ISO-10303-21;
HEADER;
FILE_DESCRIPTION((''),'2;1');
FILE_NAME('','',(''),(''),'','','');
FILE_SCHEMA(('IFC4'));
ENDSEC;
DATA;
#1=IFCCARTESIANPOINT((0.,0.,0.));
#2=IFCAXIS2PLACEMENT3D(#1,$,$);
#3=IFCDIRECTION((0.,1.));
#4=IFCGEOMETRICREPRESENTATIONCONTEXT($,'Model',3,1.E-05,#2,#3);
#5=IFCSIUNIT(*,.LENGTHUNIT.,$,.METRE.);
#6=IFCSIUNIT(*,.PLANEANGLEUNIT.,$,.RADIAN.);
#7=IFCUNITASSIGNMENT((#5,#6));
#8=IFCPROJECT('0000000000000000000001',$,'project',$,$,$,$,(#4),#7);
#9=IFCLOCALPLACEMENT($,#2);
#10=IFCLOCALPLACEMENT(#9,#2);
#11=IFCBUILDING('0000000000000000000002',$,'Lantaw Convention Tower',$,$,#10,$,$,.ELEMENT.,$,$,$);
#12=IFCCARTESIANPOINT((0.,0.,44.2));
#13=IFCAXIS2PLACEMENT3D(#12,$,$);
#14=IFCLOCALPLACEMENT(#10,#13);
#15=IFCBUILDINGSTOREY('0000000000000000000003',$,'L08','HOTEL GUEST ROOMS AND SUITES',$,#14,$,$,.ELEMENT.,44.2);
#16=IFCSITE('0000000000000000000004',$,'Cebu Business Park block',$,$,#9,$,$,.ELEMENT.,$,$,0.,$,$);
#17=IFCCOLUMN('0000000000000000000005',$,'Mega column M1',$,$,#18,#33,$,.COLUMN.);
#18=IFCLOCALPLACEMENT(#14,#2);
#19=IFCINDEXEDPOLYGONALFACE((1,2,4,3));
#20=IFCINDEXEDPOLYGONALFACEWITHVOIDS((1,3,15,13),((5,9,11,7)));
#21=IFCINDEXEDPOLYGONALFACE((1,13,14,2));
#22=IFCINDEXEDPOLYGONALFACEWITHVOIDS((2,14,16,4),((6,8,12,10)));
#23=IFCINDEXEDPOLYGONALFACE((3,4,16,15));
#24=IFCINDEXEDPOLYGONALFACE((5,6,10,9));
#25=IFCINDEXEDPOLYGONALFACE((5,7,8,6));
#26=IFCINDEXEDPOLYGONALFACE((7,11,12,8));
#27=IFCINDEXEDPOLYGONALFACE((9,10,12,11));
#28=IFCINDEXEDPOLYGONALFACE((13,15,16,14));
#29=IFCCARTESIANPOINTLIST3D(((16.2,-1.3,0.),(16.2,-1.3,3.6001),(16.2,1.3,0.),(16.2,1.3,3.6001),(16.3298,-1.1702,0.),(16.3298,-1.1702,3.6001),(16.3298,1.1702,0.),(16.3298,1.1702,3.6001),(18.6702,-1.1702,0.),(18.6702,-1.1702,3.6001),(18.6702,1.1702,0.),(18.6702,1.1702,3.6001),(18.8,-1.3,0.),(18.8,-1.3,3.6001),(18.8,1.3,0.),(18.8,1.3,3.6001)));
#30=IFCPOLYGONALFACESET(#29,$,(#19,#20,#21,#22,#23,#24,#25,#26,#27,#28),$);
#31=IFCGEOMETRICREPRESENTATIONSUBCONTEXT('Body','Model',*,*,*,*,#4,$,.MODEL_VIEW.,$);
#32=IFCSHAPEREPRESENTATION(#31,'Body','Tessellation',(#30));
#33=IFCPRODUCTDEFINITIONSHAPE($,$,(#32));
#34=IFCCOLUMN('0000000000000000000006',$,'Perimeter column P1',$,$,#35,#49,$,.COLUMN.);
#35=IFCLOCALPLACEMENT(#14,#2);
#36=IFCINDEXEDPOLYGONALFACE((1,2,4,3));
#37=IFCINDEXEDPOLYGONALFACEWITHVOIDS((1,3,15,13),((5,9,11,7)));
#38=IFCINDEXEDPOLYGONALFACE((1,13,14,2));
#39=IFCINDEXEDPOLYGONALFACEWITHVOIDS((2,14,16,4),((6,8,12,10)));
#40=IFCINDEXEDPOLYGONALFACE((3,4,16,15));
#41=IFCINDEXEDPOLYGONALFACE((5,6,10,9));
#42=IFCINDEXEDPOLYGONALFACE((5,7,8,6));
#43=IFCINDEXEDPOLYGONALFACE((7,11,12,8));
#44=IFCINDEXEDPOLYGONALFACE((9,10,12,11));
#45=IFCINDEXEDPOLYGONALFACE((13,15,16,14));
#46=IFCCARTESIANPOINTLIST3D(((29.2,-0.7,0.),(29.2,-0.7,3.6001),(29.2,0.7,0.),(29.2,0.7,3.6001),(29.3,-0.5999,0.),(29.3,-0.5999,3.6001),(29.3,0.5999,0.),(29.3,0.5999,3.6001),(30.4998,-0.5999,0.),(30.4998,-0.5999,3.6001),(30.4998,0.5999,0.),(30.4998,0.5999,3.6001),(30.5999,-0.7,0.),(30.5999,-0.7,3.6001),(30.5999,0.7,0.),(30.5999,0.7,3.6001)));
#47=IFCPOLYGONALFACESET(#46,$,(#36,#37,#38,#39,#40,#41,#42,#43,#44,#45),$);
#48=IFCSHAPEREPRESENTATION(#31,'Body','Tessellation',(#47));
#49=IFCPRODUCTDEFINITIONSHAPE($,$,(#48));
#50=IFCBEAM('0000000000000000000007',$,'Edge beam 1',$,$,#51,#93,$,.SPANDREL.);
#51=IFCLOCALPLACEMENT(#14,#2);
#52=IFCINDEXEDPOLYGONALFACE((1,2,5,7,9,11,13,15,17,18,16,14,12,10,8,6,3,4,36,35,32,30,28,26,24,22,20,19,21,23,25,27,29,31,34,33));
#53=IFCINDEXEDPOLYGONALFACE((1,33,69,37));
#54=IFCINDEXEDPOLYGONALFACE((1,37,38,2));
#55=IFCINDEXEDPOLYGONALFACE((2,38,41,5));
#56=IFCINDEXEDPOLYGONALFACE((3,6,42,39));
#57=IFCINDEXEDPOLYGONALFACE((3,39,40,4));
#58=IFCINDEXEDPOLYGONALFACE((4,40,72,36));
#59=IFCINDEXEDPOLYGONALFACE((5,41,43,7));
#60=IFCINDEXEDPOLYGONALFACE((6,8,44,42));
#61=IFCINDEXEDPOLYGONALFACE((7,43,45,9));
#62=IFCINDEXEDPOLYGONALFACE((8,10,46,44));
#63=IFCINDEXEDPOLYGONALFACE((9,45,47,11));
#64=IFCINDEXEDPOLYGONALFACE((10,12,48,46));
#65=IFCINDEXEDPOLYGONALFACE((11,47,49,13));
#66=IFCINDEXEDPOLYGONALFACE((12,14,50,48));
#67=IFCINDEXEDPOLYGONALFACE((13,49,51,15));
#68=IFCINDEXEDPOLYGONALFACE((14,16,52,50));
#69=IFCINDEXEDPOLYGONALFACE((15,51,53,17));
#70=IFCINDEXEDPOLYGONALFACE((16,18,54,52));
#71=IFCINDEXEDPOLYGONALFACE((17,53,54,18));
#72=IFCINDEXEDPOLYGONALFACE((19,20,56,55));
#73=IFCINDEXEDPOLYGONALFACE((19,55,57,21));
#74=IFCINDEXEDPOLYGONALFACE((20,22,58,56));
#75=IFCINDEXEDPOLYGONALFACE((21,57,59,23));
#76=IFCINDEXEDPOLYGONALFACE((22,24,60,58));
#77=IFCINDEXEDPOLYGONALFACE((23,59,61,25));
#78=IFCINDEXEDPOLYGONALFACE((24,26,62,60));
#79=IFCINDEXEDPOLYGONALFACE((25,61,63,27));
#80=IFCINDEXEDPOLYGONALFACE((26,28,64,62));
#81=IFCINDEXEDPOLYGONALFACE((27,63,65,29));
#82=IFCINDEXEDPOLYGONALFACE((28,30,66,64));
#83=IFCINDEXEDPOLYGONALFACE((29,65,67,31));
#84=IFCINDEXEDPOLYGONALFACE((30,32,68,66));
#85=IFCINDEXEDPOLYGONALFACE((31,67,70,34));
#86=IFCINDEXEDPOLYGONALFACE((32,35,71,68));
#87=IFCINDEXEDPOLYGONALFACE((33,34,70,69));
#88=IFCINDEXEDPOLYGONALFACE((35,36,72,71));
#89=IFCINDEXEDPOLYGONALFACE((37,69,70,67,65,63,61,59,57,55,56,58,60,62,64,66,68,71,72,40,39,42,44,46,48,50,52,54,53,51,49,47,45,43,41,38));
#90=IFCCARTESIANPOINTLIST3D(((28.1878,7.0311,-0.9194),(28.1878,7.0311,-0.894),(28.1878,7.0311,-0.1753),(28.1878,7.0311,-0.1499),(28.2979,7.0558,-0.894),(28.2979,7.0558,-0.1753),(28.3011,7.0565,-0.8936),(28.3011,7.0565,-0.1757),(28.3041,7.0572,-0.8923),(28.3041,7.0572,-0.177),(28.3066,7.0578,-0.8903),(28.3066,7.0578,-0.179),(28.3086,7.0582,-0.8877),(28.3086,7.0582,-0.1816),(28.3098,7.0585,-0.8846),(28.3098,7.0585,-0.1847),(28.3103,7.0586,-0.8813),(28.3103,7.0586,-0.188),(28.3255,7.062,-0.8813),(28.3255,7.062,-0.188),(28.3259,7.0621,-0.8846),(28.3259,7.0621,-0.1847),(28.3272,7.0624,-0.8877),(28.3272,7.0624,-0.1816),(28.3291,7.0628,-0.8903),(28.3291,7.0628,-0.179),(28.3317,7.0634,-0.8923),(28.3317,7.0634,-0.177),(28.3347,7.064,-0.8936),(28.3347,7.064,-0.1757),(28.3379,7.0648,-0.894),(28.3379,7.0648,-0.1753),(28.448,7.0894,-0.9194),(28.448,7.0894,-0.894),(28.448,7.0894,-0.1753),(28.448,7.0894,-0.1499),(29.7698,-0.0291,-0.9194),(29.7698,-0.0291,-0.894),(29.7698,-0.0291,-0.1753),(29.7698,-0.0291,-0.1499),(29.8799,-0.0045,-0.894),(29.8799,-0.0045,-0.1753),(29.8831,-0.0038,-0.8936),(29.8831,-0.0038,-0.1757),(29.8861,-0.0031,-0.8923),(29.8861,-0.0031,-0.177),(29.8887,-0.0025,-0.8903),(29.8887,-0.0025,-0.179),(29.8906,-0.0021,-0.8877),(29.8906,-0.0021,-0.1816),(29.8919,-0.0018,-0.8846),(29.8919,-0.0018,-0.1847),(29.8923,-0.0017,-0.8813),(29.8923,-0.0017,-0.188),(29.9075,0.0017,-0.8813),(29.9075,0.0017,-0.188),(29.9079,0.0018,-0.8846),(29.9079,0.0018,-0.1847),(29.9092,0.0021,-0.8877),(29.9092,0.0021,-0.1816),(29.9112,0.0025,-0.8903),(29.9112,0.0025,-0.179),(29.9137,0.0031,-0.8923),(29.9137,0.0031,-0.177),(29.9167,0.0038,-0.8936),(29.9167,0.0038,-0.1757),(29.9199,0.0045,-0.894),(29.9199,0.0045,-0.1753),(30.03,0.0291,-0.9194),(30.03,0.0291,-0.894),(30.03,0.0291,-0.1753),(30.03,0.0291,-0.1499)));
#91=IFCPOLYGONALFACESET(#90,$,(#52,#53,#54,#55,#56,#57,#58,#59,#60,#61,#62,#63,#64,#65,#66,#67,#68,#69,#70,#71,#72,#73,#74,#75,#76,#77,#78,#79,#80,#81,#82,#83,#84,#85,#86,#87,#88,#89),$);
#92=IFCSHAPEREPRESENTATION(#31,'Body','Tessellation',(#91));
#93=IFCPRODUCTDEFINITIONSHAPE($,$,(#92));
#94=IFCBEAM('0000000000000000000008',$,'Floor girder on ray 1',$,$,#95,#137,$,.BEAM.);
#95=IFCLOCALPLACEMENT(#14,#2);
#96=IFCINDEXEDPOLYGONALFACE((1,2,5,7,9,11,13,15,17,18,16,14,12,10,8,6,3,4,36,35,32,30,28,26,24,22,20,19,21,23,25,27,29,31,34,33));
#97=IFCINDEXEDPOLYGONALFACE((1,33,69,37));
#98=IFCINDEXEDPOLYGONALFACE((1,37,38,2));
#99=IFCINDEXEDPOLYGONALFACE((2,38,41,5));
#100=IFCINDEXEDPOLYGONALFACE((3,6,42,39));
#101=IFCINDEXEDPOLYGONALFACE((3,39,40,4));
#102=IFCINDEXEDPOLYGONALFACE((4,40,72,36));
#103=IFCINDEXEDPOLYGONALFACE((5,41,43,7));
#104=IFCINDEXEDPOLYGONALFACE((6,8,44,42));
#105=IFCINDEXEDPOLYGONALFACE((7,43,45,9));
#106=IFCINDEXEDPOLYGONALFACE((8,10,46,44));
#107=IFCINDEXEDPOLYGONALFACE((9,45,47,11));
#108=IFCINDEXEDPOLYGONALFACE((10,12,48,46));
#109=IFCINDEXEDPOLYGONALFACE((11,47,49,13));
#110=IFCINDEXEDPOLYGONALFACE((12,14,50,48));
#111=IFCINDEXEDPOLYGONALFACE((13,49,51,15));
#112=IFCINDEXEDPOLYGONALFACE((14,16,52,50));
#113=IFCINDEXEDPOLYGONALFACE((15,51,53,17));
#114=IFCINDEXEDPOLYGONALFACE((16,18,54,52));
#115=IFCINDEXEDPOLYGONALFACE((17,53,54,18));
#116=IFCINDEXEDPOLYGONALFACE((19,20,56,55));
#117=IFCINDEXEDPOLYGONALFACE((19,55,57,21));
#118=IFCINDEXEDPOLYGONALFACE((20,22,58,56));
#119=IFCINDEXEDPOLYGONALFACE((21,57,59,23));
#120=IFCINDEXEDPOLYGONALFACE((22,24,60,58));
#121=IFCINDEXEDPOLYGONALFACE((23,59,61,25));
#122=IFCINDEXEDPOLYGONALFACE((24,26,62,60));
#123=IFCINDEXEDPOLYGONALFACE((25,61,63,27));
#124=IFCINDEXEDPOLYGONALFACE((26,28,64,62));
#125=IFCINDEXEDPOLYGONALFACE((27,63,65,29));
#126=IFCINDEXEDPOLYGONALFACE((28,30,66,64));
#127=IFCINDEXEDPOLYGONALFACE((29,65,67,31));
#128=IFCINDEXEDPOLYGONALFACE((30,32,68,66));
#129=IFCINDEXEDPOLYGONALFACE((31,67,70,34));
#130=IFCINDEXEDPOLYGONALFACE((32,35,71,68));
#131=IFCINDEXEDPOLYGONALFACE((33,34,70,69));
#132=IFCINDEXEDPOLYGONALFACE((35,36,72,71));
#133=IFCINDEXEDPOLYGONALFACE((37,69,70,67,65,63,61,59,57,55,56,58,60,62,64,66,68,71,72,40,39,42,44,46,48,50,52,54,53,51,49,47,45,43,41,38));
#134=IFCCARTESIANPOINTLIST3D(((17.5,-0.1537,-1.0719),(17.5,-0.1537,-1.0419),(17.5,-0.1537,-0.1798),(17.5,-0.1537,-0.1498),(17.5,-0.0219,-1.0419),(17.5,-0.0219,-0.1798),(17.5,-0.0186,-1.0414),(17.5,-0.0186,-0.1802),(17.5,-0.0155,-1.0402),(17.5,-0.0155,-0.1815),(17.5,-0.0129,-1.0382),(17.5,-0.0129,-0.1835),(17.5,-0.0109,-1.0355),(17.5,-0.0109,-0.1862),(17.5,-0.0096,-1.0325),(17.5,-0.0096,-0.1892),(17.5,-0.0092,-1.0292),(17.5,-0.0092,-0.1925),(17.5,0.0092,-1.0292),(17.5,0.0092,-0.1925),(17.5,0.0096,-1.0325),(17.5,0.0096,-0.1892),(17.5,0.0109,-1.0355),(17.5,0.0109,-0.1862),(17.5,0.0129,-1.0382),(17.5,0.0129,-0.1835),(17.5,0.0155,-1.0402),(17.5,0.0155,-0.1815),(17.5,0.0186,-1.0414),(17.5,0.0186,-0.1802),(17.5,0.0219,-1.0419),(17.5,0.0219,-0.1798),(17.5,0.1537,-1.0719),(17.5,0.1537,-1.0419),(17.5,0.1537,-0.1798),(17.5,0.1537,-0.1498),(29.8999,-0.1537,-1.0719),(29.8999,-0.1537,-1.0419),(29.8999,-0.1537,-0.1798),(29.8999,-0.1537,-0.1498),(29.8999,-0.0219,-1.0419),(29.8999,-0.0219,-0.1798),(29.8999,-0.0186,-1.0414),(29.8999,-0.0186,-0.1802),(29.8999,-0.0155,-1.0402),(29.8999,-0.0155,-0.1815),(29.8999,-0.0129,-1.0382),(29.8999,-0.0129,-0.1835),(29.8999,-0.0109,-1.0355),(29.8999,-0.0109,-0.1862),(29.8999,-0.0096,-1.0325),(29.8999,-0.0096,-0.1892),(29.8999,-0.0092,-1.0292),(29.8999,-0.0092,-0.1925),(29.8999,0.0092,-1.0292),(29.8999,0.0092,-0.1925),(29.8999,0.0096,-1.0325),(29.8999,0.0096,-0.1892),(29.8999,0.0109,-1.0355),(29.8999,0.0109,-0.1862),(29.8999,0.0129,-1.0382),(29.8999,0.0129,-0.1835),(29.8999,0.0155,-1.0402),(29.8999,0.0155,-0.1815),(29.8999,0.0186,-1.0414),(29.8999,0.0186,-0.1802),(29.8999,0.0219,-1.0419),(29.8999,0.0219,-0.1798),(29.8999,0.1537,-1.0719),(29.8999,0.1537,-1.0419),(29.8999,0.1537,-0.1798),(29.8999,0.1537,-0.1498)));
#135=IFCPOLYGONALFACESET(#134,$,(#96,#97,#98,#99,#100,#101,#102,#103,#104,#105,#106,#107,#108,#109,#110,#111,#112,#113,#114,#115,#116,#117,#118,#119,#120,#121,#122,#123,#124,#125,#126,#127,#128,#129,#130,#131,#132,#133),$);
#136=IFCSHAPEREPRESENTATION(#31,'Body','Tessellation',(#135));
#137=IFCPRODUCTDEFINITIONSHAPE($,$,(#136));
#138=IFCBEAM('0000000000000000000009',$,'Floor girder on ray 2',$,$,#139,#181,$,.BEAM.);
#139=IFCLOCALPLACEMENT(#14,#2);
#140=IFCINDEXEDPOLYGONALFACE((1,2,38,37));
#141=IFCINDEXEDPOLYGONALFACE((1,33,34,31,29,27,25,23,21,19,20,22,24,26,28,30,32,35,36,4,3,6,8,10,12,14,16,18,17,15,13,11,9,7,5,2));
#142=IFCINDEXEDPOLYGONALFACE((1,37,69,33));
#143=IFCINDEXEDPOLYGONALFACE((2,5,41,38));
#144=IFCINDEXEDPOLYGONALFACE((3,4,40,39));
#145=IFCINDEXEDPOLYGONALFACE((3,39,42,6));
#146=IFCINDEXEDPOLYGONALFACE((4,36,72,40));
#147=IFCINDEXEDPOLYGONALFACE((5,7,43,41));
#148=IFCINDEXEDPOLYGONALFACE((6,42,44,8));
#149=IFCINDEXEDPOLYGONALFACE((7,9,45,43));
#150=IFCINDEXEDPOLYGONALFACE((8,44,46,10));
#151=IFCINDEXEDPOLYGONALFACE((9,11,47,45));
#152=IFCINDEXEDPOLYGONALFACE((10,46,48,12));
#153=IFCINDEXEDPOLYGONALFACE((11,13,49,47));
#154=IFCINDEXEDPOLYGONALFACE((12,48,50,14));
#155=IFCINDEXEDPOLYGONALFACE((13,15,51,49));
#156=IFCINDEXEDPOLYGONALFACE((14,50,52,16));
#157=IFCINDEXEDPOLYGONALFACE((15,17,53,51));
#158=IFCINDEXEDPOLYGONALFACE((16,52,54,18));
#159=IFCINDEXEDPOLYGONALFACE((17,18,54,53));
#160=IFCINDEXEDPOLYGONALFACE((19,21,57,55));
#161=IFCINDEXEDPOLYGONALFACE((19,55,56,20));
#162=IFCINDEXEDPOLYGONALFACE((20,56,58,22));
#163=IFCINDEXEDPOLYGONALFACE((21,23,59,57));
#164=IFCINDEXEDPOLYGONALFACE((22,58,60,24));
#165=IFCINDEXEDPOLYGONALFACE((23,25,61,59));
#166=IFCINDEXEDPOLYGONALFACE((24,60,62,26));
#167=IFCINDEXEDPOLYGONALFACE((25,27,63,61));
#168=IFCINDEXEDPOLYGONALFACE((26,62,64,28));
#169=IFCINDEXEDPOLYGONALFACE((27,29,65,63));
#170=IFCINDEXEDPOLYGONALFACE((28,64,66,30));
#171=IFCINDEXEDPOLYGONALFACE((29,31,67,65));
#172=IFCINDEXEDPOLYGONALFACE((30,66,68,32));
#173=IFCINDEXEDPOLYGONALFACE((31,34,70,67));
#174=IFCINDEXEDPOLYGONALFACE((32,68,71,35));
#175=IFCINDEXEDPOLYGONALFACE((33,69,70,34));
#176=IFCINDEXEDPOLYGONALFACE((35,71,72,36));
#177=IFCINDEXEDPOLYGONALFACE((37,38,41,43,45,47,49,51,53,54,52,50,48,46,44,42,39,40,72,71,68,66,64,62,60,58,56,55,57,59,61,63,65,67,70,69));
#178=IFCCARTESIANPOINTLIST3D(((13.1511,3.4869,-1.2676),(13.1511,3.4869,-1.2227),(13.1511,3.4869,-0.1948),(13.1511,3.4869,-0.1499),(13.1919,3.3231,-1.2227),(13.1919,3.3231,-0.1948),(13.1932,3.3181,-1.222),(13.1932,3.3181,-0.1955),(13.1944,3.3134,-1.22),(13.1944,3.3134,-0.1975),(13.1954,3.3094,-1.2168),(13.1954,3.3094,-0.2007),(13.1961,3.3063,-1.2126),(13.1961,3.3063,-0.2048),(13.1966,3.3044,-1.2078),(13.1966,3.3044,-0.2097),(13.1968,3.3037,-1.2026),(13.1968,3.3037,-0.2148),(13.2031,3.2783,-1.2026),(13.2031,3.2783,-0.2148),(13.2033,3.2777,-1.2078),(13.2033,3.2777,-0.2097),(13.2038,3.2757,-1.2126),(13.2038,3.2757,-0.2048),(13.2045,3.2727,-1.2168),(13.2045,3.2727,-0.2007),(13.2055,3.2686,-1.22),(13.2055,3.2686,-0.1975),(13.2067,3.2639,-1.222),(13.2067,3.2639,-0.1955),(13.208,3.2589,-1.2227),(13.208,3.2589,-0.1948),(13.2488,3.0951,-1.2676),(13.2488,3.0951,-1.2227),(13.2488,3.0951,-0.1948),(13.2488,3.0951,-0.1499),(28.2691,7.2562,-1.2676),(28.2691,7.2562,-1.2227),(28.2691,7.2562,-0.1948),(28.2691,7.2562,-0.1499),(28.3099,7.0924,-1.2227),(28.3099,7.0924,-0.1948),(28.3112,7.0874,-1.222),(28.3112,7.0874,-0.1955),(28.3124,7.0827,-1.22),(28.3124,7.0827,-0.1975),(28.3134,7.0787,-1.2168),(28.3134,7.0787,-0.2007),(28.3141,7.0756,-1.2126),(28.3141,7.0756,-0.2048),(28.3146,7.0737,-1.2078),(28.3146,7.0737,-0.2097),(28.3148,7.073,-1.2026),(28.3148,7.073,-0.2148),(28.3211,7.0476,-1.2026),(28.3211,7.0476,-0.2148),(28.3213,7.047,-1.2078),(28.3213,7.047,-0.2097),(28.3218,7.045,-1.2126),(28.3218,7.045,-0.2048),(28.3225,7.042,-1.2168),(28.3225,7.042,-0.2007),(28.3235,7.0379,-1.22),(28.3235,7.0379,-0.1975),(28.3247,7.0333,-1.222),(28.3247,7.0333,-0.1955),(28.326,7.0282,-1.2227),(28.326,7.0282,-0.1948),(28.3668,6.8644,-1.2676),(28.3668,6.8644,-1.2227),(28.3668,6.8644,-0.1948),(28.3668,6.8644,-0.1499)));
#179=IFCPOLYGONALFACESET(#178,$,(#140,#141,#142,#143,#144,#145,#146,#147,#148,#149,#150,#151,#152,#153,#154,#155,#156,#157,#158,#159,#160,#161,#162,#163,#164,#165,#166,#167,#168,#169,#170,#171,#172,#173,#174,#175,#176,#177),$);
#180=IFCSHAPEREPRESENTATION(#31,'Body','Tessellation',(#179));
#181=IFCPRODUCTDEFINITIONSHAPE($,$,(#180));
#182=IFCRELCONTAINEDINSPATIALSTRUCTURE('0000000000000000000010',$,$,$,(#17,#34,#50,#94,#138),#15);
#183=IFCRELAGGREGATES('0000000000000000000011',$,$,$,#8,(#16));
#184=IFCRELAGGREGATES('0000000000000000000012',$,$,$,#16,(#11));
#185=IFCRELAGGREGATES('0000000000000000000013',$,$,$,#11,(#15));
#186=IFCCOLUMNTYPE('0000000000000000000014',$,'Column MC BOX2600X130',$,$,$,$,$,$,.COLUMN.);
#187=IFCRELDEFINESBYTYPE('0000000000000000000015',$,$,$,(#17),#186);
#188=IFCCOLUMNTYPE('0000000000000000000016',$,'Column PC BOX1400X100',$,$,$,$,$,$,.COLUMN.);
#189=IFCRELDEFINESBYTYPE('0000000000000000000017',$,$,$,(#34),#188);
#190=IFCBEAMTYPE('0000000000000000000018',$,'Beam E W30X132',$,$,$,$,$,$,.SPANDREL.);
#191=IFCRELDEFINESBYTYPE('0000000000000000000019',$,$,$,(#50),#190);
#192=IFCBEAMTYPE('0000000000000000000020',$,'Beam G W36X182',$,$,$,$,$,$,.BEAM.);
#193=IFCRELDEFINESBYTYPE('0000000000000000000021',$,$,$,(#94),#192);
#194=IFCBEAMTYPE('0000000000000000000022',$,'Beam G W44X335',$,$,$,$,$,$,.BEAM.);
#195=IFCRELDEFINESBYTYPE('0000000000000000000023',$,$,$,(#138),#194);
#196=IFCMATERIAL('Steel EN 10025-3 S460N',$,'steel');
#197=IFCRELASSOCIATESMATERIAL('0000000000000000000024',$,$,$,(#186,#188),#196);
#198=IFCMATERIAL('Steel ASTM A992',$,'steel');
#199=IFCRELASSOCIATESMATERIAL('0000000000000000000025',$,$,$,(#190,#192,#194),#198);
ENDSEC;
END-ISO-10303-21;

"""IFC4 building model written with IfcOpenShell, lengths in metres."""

from ifc_helpers import new_model, si_unit, direction, frame, origin, origin_2d, place, context, subcontext, project, spatial, rectangle, hollow_rectangle, i_section, extrude, material, material_profile, profile_set, type_object, element, save


model = new_model("IFC4")

# Units and contexts
model_context = context("Model", 3, precision=1e-05, world=origin(), true_north=direction((0.0, 1.0)))
body_context = subcontext(model_context, "Body", "Model", "MODEL_VIEW")
ifc_project = project(units=[si_unit("LENGTHUNIT", "METRE"), si_unit("PLANEANGLEUNIT", "RADIAN")], contexts=[model_context])

# Site, building, storey
site_placement = place(None, origin())
site = spatial("IfcSite", under=ifc_project, at=site_placement, Name="Cebu Business Park block", CompositionType="ELEMENT", RefElevation=0.0)
building_placement = place(site_placement, origin())
building = spatial("IfcBuilding", under=site, at=building_placement, Name="Lantaw Convention Tower", CompositionType="ELEMENT")
storey_placement = place(building_placement, frame((0.0, 0.0, 44.2)))
storey = spatial("IfcBuildingStorey", under=building, at=storey_placement, Name="L08", Description="HOTEL GUEST ROOMS AND SUITES", CompositionType="ELEMENT", Elevation=44.2)

# Columns
ifc_material_1 = material(Name="Steel EN 10025-3 S460N", Category="steel")
ifc_material_profile_1 = material_profile(ifc_material_1, hollow_rectangle(XDim=2.6001, YDim=2.6001, WallThickness=0.1299, at=origin_2d()), Name="BOX2600X130")
ifc_material_2 = material(Name="Concrete C60/75", Category="concrete")
ifc_material_profile_2 = material_profile(ifc_material_2, rectangle(XDim=2.3401, YDim=2.3401, at=origin_2d()), Name="Concrete fill of BOX2600X130")
ifc_profile_set_1 = profile_set([ifc_material_profile_1, ifc_material_profile_2], Name="Steel EN 10025-3 S460N")
column_type_1 = type_object("IfcColumnType", Name="Column MC BOX2600X130", PredefinedType="COLUMN", material=ifc_profile_set_1)
column_1_placement = place(storey_placement, frame((17.5, 0.0, 0.0), z_axis=(0.0, 0.0, 1.0), x_axis=(1.0, 0.0, 0.0)))
element("IfcColumn", 1, at=column_1_placement, inside=storey, type_object=column_type_1, Name="Mega column M1", PredefinedType="COLUMN", context=body_context, shape_type="SweptSolid", body=[
    extrude(hollow_rectangle(XDim=2.6001, YDim=2.6001, WallThickness=0.1299, at=origin_2d()), origin(), (0.0, 0.0, 1.0), 3.6001),
])
ifc_material_profile_3 = material_profile(ifc_material_1, hollow_rectangle(XDim=1.3999, YDim=1.3999, WallThickness=0.1001, at=origin_2d()), Name="BOX1400X100")
ifc_material_profile_4 = material_profile(ifc_material_2, rectangle(XDim=1.2, YDim=1.2, at=origin_2d()), Name="Concrete fill of BOX1400X100")
ifc_profile_set_2 = profile_set([ifc_material_profile_3, ifc_material_profile_4], Name="Steel EN 10025-3 S460N")
column_type_2 = type_object("IfcColumnType", Name="Column PC BOX1400X100", PredefinedType="COLUMN", material=ifc_profile_set_2)
column_2_placement = place(storey_placement, frame((29.8999, 0.0, 0.0), z_axis=(0.0, 0.0, 1.0), x_axis=(1.0, 0.0, 0.0)))
element("IfcColumn", 2, at=column_2_placement, inside=storey, type_object=column_type_2, Name="Perimeter column P1", PredefinedType="COLUMN", context=body_context, shape_type="SweptSolid", body=[
    extrude(hollow_rectangle(XDim=1.3999, YDim=1.3999, WallThickness=0.1001, at=origin_2d()), origin(), (0.0, 0.0, 1.0), 3.6001),
])

# Beams
ifc_material_3 = material(Name="Steel ASTM A992", Category="steel")
ifc_material_profile_5 = material_profile(ifc_material_3, i_section(OverallWidth=0.2666, OverallDepth=0.7695, WebThickness=0.0156, FlangeThickness=0.0254, FilletRadius=0.0127, at=origin_2d()), Name="W30X132")
ifc_profile_set_3 = profile_set([ifc_material_profile_5], Name="Steel ASTM A992")
beam_type_1 = type_object("IfcBeamType", Name="Beam E W30X132", PredefinedType="SPANDREL", material=ifc_profile_set_3)
beam_1_placement = place(storey_placement, frame((29.8999, 0.0, -0.5347), z_axis=(-0.218652, 0.975803, 0.0), x_axis=(-0.975803, -0.218652, 0.0)))
element("IfcBeam", 3, at=beam_1_placement, inside=storey, type_object=beam_type_1, Name="Edge beam 1", PredefinedType="SPANDREL", context=body_context, shape_type="SweptSolid", body=[
    extrude(i_section(OverallWidth=0.2666, OverallDepth=0.7695, WebThickness=0.0156, FlangeThickness=0.0254, FilletRadius=0.0127, at=origin_2d()), origin(), (0.0, 0.0, 1.0), 7.2354),
])
ifc_material_profile_6 = material_profile(ifc_material_3, i_section(OverallWidth=0.3074, OverallDepth=0.9221, WebThickness=0.0183, FlangeThickness=0.03, FilletRadius=0.0127, at=origin_2d()), Name="W36X182")
ifc_profile_set_4 = profile_set([ifc_material_profile_6], Name="Steel ASTM A992")
beam_type_2 = type_object("IfcBeamType", Name="Beam G W36X182", PredefinedType="BEAM", material=ifc_profile_set_4)
beam_2_placement = place(storey_placement, frame((17.5, 0.0, -0.6108), z_axis=(1.0, 0.0, 0.0), x_axis=(0.0, 1.0, 0.0)))
element("IfcBeam", 4, at=beam_2_placement, inside=storey, type_object=beam_type_2, Name="Floor girder on ray 1", PredefinedType="BEAM", context=body_context, shape_type="SweptSolid", body=[
    extrude(i_section(OverallWidth=0.3074, OverallDepth=0.9221, WebThickness=0.0183, FlangeThickness=0.03, FilletRadius=0.0127, at=origin_2d()), origin(), (0.0, 0.0, 1.0), 12.3999),
])
ifc_material_profile_7 = material_profile(ifc_material_3, i_section(OverallWidth=0.4038, OverallDepth=1.1177, WebThickness=0.0261, FlangeThickness=0.0449, FilletRadius=0.02, at=origin_2d()), Name="W44X335")
ifc_profile_set_5 = profile_set([ifc_material_profile_7], Name="Steel ASTM A992")
beam_type_3 = type_object("IfcBeamType", Name="Beam G W44X335", PredefinedType="BEAM", material=ifc_profile_set_5)
beam_3_placement = place(storey_placement, frame((13.2, 3.291, -0.7087), z_axis=(0.970296, 0.24192, 0.0), x_axis=(-0.24192, 0.970296, 0.0)))
element("IfcBeam", 5, at=beam_3_placement, inside=storey, type_object=beam_type_3, Name="Floor girder on ray 2", PredefinedType="BEAM", context=body_context, shape_type="SweptSolid", body=[
    extrude(i_section(OverallWidth=0.4038, OverallDepth=1.1177, WebThickness=0.0261, FlangeThickness=0.0449, FilletRadius=0.02, at=origin_2d()), origin(), (0.0, 0.0, 1.0), 15.5808),
])

save(model, "model.ifc")
